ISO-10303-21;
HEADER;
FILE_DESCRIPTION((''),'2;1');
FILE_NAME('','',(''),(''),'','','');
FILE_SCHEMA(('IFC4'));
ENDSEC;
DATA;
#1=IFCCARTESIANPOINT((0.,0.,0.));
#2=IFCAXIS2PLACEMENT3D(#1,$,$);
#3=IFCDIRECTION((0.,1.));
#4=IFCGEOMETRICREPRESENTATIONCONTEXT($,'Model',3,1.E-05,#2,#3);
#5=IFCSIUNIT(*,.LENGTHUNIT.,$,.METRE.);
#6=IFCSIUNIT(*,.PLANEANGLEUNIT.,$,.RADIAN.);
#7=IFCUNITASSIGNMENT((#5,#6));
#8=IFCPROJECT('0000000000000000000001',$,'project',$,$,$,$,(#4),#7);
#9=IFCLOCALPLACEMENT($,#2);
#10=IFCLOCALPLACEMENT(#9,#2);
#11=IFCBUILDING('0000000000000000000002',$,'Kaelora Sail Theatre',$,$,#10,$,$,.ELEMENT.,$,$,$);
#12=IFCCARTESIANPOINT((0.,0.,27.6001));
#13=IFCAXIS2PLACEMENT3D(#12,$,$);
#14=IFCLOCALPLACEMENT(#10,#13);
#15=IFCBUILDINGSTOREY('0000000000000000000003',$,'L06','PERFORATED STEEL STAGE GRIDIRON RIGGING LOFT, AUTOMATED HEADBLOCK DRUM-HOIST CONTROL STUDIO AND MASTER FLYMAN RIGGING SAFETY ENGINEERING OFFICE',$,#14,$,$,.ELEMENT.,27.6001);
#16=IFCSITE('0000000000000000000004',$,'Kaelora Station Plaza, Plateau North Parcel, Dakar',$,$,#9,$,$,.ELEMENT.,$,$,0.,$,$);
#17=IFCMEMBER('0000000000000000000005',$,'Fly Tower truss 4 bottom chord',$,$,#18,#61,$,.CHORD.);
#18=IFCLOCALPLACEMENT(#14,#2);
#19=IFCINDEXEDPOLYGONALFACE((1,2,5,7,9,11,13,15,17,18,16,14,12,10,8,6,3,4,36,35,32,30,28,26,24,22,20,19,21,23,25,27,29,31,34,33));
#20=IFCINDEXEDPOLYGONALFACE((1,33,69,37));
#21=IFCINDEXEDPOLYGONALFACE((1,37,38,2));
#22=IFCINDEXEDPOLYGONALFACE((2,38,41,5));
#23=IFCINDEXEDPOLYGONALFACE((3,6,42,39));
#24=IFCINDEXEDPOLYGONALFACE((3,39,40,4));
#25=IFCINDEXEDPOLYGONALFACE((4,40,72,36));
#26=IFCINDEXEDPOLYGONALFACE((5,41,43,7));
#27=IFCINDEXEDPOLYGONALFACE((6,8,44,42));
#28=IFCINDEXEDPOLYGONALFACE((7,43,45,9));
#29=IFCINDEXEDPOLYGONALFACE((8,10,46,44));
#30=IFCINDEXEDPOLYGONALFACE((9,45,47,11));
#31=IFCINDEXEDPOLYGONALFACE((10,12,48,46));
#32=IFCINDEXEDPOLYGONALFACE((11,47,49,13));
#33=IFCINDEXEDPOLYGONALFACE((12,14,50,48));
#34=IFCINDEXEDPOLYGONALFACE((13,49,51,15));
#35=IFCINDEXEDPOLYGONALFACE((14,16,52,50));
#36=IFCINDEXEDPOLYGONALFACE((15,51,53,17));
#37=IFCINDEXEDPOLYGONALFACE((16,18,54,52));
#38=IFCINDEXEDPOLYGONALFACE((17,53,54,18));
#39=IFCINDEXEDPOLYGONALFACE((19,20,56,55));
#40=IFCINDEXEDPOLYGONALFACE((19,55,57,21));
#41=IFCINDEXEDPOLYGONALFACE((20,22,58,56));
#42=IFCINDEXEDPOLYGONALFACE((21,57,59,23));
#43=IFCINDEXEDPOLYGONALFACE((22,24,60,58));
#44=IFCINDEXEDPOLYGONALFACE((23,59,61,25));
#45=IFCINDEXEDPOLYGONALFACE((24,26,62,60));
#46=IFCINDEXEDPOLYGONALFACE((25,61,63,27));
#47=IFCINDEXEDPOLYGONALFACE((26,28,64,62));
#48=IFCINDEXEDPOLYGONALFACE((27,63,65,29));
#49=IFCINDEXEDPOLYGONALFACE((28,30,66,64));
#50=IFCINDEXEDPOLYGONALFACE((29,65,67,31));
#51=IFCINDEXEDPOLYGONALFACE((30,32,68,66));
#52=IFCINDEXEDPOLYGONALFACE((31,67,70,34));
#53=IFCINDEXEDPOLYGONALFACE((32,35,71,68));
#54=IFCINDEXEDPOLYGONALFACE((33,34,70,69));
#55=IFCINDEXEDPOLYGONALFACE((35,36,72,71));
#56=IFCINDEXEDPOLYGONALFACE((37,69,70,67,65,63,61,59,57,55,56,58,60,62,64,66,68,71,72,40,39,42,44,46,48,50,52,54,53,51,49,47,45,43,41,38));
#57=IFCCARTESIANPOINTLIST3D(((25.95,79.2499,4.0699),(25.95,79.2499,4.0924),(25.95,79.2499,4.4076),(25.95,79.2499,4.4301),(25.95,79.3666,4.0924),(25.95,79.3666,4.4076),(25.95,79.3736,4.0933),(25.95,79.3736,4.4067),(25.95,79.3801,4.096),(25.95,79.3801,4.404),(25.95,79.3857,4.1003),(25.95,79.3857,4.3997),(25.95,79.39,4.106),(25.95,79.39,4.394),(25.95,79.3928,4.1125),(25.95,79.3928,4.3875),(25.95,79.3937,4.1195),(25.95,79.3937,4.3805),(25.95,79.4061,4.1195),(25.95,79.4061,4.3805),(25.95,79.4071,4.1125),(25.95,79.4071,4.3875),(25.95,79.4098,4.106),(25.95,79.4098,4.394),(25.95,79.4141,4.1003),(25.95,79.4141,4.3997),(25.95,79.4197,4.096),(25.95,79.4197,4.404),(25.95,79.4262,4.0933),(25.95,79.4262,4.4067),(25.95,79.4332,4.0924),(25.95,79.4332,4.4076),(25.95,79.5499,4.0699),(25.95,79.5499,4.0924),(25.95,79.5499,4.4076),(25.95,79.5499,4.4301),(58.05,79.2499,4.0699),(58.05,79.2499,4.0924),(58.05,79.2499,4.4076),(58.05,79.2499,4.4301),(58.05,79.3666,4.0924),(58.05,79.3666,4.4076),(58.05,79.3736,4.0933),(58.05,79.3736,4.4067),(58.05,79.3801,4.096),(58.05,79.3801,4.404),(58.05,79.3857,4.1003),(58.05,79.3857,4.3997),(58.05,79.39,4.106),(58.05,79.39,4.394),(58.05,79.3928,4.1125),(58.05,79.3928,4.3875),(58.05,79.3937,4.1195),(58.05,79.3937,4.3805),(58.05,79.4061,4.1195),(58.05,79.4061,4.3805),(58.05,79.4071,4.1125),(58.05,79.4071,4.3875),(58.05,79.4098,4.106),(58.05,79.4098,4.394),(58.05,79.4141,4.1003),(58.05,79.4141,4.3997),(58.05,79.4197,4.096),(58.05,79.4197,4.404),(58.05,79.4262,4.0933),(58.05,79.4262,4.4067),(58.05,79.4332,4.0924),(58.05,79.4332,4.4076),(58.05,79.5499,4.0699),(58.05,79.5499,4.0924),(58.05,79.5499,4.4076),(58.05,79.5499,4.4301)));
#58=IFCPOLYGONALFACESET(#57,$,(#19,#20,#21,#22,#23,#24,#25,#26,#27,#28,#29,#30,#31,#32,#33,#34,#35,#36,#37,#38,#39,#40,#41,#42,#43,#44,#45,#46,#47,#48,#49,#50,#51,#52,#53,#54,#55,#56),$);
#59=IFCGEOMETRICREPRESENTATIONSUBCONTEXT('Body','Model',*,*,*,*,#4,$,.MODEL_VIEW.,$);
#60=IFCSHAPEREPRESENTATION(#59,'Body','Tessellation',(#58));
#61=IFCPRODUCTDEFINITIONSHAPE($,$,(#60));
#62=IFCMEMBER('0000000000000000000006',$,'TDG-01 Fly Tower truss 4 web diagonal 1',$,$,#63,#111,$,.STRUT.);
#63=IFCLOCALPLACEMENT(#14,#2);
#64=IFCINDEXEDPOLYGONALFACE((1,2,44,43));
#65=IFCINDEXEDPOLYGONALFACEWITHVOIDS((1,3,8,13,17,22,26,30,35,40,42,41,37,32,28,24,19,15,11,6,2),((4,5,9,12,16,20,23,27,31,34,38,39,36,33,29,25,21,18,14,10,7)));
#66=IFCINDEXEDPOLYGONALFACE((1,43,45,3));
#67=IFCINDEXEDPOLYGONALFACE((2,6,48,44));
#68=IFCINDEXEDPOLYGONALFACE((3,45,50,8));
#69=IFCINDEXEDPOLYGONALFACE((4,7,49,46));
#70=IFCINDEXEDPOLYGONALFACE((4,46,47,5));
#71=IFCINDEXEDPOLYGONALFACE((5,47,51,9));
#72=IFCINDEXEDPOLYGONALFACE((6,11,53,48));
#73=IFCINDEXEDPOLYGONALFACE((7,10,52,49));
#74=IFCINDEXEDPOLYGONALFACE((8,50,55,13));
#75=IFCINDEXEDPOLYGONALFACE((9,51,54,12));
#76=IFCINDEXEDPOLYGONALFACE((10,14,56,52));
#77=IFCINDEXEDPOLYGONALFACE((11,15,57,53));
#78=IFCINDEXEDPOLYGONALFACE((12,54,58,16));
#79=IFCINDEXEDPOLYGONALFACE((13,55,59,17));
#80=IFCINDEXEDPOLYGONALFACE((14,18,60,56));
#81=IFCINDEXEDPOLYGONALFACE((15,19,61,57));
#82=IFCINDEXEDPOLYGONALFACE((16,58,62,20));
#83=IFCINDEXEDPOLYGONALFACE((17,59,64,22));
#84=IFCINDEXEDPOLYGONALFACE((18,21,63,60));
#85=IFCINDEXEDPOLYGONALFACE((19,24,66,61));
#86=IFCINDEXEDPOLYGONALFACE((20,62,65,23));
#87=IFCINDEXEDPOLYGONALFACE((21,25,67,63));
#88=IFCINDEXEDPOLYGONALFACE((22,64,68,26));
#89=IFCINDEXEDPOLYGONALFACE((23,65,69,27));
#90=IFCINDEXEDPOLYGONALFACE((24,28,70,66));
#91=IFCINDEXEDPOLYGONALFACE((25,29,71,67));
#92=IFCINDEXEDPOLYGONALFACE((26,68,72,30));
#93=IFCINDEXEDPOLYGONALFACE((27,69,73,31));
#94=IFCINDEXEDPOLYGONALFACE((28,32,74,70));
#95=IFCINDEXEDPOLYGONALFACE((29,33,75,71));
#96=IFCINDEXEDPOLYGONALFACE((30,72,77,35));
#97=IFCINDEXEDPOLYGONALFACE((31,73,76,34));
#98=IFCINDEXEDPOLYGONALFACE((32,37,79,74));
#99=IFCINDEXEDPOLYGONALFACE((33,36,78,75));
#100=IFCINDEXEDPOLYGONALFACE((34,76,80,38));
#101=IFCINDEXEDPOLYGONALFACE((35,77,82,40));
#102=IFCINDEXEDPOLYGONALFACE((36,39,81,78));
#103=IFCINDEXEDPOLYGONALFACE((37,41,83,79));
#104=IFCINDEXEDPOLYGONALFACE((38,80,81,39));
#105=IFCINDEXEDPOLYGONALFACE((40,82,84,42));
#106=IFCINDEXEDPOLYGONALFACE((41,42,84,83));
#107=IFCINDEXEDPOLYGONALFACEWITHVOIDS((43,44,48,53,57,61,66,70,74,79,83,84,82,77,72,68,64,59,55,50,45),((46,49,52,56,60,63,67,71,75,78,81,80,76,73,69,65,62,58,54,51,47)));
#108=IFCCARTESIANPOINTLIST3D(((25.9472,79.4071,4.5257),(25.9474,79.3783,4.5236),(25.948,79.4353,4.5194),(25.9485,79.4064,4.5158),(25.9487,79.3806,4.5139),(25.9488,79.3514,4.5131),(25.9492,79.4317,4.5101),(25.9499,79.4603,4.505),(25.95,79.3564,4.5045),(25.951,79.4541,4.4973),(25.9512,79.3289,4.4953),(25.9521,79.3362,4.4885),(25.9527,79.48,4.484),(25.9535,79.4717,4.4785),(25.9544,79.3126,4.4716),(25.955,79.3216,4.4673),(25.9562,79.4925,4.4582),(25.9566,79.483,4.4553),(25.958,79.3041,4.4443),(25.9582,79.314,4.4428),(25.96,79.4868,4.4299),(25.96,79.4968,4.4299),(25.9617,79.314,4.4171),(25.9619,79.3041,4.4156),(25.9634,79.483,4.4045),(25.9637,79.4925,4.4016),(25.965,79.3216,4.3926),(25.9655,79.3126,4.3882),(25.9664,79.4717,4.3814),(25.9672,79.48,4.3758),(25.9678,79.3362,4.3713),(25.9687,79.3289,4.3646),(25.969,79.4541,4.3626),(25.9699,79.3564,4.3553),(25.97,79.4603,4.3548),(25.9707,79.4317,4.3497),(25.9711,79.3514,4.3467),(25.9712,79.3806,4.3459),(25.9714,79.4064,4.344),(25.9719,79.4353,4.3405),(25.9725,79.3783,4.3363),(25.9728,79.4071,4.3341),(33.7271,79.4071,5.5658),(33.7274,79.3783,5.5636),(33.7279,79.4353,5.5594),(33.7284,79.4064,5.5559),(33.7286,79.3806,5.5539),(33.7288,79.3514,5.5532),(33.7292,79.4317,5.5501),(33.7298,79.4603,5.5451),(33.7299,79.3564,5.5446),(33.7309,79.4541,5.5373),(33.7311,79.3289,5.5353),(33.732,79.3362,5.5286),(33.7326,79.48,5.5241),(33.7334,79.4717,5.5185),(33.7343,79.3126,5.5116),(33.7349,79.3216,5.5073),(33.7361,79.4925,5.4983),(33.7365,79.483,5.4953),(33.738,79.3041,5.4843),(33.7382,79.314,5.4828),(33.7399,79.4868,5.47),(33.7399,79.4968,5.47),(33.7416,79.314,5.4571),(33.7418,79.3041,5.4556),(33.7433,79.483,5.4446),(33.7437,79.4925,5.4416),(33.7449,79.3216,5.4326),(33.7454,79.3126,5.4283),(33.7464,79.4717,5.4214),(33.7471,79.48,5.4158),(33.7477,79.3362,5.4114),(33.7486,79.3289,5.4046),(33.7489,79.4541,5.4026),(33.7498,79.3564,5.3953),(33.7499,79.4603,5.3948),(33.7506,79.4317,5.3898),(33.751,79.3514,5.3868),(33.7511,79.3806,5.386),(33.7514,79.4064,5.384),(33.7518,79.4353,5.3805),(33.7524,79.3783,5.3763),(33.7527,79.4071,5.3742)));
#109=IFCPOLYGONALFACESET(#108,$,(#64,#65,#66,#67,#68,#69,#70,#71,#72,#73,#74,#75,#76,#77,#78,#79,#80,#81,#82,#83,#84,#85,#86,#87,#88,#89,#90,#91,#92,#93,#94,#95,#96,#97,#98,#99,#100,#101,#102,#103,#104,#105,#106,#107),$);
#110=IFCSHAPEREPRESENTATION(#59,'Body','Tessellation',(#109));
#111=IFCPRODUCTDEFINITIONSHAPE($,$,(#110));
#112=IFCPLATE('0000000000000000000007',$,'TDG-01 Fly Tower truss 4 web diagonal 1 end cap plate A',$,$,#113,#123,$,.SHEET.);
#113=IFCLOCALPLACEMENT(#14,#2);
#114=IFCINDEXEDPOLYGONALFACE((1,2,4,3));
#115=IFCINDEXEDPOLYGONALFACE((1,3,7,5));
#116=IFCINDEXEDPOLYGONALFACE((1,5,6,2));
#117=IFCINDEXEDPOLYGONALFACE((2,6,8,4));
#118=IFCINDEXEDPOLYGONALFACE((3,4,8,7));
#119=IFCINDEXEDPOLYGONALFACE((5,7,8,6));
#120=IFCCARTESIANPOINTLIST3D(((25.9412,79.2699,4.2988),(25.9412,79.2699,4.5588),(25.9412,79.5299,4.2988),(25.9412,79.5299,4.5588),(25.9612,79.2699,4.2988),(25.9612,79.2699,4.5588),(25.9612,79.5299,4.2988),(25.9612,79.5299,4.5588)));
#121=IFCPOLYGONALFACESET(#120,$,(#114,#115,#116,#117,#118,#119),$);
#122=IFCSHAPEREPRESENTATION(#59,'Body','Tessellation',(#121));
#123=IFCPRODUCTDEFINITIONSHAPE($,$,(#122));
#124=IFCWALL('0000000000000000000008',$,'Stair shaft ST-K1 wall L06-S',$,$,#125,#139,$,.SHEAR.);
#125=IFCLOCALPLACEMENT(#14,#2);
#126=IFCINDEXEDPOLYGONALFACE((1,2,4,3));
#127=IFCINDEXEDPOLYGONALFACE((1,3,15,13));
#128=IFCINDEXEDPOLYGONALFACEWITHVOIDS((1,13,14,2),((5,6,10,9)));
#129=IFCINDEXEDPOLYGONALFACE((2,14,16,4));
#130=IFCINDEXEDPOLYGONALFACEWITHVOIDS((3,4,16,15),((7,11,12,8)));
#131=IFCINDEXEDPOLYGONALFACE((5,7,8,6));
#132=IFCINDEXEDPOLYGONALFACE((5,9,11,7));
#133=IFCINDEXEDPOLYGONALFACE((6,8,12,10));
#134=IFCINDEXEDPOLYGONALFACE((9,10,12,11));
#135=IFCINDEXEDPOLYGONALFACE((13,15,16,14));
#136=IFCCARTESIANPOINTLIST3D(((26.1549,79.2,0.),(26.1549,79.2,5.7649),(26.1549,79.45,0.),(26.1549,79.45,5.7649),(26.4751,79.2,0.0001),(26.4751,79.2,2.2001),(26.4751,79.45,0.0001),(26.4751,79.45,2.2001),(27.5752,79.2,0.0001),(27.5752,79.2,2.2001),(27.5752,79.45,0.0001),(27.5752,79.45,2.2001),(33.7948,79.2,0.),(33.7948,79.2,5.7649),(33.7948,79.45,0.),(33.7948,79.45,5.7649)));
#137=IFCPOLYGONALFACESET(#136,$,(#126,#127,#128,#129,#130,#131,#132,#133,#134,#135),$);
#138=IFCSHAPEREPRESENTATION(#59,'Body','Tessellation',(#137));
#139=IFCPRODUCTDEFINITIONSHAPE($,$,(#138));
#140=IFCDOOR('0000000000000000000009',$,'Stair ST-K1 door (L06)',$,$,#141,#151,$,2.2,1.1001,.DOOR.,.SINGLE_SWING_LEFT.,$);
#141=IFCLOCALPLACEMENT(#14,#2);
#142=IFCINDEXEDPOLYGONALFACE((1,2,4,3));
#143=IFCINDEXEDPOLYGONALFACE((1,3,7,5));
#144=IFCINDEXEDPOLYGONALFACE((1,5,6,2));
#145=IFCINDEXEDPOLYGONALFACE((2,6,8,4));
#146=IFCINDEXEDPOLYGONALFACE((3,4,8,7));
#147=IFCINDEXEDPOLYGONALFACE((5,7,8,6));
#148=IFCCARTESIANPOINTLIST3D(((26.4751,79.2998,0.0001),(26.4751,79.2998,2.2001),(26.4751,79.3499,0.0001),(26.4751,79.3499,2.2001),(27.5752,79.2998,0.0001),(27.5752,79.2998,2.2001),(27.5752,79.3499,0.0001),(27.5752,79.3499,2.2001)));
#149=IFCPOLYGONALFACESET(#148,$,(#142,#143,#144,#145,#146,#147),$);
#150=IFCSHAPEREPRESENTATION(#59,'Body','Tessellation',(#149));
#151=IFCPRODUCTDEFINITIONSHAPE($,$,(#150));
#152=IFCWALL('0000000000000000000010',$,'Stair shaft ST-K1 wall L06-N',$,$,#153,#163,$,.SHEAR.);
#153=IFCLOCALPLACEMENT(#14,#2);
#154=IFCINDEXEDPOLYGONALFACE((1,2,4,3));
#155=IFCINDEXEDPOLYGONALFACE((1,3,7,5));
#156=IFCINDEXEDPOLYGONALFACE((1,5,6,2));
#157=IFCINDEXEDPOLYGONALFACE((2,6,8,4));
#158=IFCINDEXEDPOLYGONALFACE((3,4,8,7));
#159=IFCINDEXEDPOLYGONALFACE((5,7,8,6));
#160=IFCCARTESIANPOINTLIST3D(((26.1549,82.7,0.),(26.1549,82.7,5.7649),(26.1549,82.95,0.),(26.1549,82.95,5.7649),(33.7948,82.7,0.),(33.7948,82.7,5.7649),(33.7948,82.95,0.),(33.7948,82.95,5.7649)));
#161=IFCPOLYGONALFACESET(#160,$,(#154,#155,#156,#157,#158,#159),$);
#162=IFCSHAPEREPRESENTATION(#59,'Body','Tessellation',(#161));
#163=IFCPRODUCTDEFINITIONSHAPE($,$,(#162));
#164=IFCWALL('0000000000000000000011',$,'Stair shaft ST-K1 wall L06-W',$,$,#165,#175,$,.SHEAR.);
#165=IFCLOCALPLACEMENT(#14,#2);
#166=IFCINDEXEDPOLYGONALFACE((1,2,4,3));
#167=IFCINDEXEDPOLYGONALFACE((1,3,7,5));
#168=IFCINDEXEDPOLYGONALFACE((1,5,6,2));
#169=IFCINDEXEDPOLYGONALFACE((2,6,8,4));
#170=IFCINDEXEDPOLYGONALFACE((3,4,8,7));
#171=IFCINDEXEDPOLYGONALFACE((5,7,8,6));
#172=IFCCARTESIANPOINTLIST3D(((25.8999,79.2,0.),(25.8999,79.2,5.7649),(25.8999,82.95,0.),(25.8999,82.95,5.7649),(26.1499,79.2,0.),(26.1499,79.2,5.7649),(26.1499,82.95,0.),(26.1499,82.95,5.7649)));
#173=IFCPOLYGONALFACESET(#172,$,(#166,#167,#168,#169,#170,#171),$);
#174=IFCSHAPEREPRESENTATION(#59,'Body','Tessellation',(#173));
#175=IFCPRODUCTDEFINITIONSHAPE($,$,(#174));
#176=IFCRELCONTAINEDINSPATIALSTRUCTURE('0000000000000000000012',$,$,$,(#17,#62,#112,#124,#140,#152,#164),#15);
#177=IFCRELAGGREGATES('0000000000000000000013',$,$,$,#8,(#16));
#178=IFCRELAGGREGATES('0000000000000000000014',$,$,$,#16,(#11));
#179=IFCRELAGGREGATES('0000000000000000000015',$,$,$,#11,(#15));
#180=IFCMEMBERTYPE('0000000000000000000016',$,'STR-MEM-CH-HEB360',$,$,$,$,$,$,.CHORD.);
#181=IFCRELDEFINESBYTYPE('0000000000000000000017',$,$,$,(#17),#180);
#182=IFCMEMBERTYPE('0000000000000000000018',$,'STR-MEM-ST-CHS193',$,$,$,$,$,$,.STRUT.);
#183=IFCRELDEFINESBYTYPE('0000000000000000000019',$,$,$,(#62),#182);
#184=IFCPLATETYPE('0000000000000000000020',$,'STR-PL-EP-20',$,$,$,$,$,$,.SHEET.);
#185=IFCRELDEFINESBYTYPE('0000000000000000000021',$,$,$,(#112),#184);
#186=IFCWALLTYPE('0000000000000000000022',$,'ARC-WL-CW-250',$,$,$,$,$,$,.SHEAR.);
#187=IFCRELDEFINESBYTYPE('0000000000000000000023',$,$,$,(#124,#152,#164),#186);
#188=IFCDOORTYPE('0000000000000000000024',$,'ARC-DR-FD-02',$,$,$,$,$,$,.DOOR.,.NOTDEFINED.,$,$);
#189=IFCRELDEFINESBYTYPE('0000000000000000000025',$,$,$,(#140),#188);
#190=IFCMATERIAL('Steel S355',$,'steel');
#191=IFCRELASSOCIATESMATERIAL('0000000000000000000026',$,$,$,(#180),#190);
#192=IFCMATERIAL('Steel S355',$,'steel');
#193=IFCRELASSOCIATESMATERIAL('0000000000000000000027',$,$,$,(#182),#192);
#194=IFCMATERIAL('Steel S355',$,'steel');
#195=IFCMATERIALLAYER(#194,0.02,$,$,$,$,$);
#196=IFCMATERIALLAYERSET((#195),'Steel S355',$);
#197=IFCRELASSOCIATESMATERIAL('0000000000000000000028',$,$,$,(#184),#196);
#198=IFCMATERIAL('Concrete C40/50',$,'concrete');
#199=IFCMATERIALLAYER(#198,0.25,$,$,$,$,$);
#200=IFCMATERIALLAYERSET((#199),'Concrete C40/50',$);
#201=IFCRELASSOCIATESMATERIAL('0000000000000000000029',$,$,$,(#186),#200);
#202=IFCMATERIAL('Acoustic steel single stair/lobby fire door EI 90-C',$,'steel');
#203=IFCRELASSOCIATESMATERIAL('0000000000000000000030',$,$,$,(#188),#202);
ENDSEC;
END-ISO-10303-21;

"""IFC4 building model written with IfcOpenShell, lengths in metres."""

from ifc_helpers import new_model, si_unit, direction, frame, frame_2d, origin, origin_2d, place, context, subcontext, project, spatial, rectangle, hollow_circle, i_section, extrude, material, layer, layer_set, material_profile, profile_set, type_object, element, fill, save


model = new_model("IFC4")

# Units and contexts
model_context = context("Model", 3, precision=1e-05, world=origin(), true_north=direction((0.0, 1.0)))
body_context = subcontext(model_context, "Body", "Model", "MODEL_VIEW")
ifc_project = project(units=[si_unit("LENGTHUNIT", "METRE"), si_unit("PLANEANGLEUNIT", "RADIAN")], contexts=[model_context])

# Site, building, storey
site_placement = place(None, origin())
site = spatial("IfcSite", under=ifc_project, at=site_placement, Name="Kaelora Station Plaza, Plateau North Parcel, Dakar", CompositionType="ELEMENT", RefElevation=0.0)
building_placement = place(site_placement, origin())
building = spatial("IfcBuilding", under=site, at=building_placement, Name="Kaelora Sail Theatre", CompositionType="ELEMENT")
storey_placement = place(building_placement, frame((0.0, 0.0, 27.6001)))
storey = spatial("IfcBuildingStorey", under=building, at=storey_placement, Name="L06", Description="PERFORATED STEEL STAGE GRIDIRON RIGGING LOFT, AUTOMATED HEADBLOCK DRUM-HOIST CONTROL STUDIO AND MASTER FLYMAN RIGGING SAFETY ENGINEERING OFFICE", CompositionType="ELEMENT", Elevation=27.6001)

# Members
ifc_material_1 = material(Name="Steel S355", Category="steel")
ifc_material_profile_1 = material_profile(ifc_material_1, i_section(OverallWidth=0.3, OverallDepth=0.3601, WebThickness=0.0125, FlangeThickness=0.0225, FilletRadius=0.0271, at=origin_2d()), Name="HEB 360")
ifc_profile_set_1 = profile_set([ifc_material_profile_1], Name="Steel S355")
member_type_1 = type_object("IfcMemberType", Name="STR-MEM-CH-HEB360", PredefinedType="CHORD", material=ifc_profile_set_1)
member_1_placement = place(storey_placement, frame((25.95, 79.3999, 4.25), z_axis=(1.0, 0.0, 0.0), x_axis=(0.0, 1.0, 0.0)))
element("IfcMember", 1, at=member_1_placement, inside=storey, type_object=member_type_1, Name="Fly Tower truss 4 bottom chord", PredefinedType="CHORD", context=body_context, shape_type="SweptSolid", body=[
    extrude(i_section(OverallWidth=0.3, OverallDepth=0.3601, WebThickness=0.0125, FlangeThickness=0.0225, FilletRadius=0.0271, at=origin_2d()), origin(), (0.0, 0.0, 1.0), 32.1001),
])
ifc_material_2 = material(Name="Steel S355", Category="steel")
ifc_material_profile_2 = material_profile(ifc_material_2, hollow_circle(Radius=0.0969, WallThickness=0.01, at=origin_2d()), Name="CHS 193.7x10.0")
ifc_profile_set_2 = profile_set([ifc_material_profile_2], Name="Steel S355")
member_type_2 = type_object("IfcMemberType", Name="STR-MEM-ST-CHS193", PredefinedType="STRUT", material=ifc_profile_set_2)
member_2_placement = place(storey_placement, frame((25.96, 79.3999, 4.4299), z_axis=(0.991183, 0.0, 0.132502), x_axis=(0.0, 1.0, 0.0)))
element("IfcMember", 2, at=member_2_placement, inside=storey, type_object=member_type_2, Name="TDG-01 Fly Tower truss 4 web diagonal 1", PredefinedType="STRUT", context=body_context, shape_type="SweptSolid", body=[
    extrude(hollow_circle(Radius=0.0969, WallThickness=0.01, at=origin_2d()), origin(), (0.0, 0.0, 1.0), 7.8491),
])

# Plate
ifc_material_3 = material(Name="Steel S355", Category="steel")
ifc_layer_1 = layer(ifc_material_3, 0.02)
ifc_layer_set_1 = layer_set([ifc_layer_1], Name="Steel S355")
plate_type = type_object("IfcPlateType", Name="STR-PL-EP-20", PredefinedType="SHEET", material=ifc_layer_set_1)
plate_placement = place(storey_placement, frame((25.9512, 79.3999, 4.2988), z_axis=(0.0, 0.0, 1.0), x_axis=(1.0, 0.0, 0.0)))
element("IfcPlate", 3, at=plate_placement, inside=storey, type_object=plate_type, Name="TDG-01 Fly Tower truss 4 web diagonal 1 end cap plate A", PredefinedType="SHEET", context=body_context, shape_type="SweptSolid", body=[
    extrude(rectangle(XDim=0.02, YDim=0.26, at=origin_2d()), origin(), (0.0, 0.0, 1.0), 0.26),
])

# Wall, opening, door
ifc_material_4 = material(Name="Concrete C40/50", Category="concrete")
ifc_layer_2 = layer(ifc_material_4, 0.25)
ifc_layer_set_2 = layer_set([ifc_layer_2], Name="Concrete C40/50")
wall_type_1 = type_object("IfcWallType", Name="ARC-WL-CW-250", PredefinedType="SHEAR", material=ifc_layer_set_2)
wall_1_placement = place(storey_placement, frame((26.155, 79.325, 0.0), z_axis=(0.0, 0.0, 1.0), x_axis=(1.0, 0.0, 0.0)))
wall_1 = element("IfcWall", 4, at=wall_1_placement, inside=storey, type_object=wall_type_1, Name="Stair shaft ST-K1 wall L06-S", PredefinedType="SHEAR", context=body_context, shape_type="SweptSolid", body=[
    extrude(rectangle(XDim=7.6399, YDim=0.25, at=frame_2d((3.8198, 0.0))), origin(), (0.0, 0.0, 1.0), 5.7649),
])
opening_1_placement = place(wall_1_placement, frame((0.3201, 0.0, 0.0)))
opening_1 = element("IfcOpeningElement", 5, at=opening_1_placement, cuts=wall_1, PredefinedType="OPENING", context=body_context, shape_type="SweptSolid", body=[
    extrude(rectangle(XDim=1.1001, YDim=2.2, at=frame_2d((0.55, 1.1001))), frame((0.0, 0.135, 0.0), z_axis=(0.0, -1.0, 0.0), x_axis=(1.0, 0.0, 0.0)), (0.0, 0.0, 1.0), 0.27),
])
ifc_material_5 = material(Name="Acoustic steel single stair/lobby fire door EI 90-C", Category="steel")
door_type = type_object("IfcDoorType", Name="ARC-DR-FD-02", OperationType="NOTDEFINED", PredefinedType="DOOR", material=ifc_material_5)
door_placement = place(opening_1_placement, origin())
door = element("IfcDoor", 6, at=door_placement, inside=storey, type_object=door_type, Name="Stair ST-K1 door (L06)", OperationType="SINGLE_SWING_LEFT", OverallHeight=2.2, OverallWidth=1.1001, PredefinedType="DOOR", context=body_context, shape_type="SweptSolid", body=[
    extrude(rectangle(XDim=1.1001, YDim=2.2, at=frame_2d((0.55, 1.1001))), frame((0.0, 0.0249, 0.0), z_axis=(0.0, -1.0, 0.0), x_axis=(1.0, 0.0, 0.0)), (0.0, 0.0, 1.0), 0.05),
])
fill(opening_1, door)

# Walls
wall_2_placement = place(storey_placement, frame((26.155, 82.825, 0.0), z_axis=(0.0, 0.0, 1.0), x_axis=(1.0, 0.0, 0.0)))
element("IfcWall", 7, at=wall_2_placement, inside=storey, type_object=wall_type_1, Name="Stair shaft ST-K1 wall L06-N", PredefinedType="SHEAR", context=body_context, shape_type="SweptSolid", body=[
    extrude(rectangle(XDim=7.6399, YDim=0.25, at=frame_2d((3.8198, 0.0))), origin(), (0.0, 0.0, 1.0), 5.7649),
])
wall_3_placement = place(storey_placement, frame((26.0249, 79.2, 0.0), z_axis=(0.0, 0.0, 1.0), x_axis=(0.0, 1.0, 0.0)))
element("IfcWall", 8, at=wall_3_placement, inside=storey, type_object=wall_type_1, Name="Stair shaft ST-K1 wall L06-W", PredefinedType="SHEAR", context=body_context, shape_type="SweptSolid", body=[
    extrude(rectangle(XDim=3.75, YDim=0.25, at=frame_2d((1.875, 0.0))), origin(), (0.0, 0.0, 1.0), 5.7649),
])

save(model, "model.ifc")
